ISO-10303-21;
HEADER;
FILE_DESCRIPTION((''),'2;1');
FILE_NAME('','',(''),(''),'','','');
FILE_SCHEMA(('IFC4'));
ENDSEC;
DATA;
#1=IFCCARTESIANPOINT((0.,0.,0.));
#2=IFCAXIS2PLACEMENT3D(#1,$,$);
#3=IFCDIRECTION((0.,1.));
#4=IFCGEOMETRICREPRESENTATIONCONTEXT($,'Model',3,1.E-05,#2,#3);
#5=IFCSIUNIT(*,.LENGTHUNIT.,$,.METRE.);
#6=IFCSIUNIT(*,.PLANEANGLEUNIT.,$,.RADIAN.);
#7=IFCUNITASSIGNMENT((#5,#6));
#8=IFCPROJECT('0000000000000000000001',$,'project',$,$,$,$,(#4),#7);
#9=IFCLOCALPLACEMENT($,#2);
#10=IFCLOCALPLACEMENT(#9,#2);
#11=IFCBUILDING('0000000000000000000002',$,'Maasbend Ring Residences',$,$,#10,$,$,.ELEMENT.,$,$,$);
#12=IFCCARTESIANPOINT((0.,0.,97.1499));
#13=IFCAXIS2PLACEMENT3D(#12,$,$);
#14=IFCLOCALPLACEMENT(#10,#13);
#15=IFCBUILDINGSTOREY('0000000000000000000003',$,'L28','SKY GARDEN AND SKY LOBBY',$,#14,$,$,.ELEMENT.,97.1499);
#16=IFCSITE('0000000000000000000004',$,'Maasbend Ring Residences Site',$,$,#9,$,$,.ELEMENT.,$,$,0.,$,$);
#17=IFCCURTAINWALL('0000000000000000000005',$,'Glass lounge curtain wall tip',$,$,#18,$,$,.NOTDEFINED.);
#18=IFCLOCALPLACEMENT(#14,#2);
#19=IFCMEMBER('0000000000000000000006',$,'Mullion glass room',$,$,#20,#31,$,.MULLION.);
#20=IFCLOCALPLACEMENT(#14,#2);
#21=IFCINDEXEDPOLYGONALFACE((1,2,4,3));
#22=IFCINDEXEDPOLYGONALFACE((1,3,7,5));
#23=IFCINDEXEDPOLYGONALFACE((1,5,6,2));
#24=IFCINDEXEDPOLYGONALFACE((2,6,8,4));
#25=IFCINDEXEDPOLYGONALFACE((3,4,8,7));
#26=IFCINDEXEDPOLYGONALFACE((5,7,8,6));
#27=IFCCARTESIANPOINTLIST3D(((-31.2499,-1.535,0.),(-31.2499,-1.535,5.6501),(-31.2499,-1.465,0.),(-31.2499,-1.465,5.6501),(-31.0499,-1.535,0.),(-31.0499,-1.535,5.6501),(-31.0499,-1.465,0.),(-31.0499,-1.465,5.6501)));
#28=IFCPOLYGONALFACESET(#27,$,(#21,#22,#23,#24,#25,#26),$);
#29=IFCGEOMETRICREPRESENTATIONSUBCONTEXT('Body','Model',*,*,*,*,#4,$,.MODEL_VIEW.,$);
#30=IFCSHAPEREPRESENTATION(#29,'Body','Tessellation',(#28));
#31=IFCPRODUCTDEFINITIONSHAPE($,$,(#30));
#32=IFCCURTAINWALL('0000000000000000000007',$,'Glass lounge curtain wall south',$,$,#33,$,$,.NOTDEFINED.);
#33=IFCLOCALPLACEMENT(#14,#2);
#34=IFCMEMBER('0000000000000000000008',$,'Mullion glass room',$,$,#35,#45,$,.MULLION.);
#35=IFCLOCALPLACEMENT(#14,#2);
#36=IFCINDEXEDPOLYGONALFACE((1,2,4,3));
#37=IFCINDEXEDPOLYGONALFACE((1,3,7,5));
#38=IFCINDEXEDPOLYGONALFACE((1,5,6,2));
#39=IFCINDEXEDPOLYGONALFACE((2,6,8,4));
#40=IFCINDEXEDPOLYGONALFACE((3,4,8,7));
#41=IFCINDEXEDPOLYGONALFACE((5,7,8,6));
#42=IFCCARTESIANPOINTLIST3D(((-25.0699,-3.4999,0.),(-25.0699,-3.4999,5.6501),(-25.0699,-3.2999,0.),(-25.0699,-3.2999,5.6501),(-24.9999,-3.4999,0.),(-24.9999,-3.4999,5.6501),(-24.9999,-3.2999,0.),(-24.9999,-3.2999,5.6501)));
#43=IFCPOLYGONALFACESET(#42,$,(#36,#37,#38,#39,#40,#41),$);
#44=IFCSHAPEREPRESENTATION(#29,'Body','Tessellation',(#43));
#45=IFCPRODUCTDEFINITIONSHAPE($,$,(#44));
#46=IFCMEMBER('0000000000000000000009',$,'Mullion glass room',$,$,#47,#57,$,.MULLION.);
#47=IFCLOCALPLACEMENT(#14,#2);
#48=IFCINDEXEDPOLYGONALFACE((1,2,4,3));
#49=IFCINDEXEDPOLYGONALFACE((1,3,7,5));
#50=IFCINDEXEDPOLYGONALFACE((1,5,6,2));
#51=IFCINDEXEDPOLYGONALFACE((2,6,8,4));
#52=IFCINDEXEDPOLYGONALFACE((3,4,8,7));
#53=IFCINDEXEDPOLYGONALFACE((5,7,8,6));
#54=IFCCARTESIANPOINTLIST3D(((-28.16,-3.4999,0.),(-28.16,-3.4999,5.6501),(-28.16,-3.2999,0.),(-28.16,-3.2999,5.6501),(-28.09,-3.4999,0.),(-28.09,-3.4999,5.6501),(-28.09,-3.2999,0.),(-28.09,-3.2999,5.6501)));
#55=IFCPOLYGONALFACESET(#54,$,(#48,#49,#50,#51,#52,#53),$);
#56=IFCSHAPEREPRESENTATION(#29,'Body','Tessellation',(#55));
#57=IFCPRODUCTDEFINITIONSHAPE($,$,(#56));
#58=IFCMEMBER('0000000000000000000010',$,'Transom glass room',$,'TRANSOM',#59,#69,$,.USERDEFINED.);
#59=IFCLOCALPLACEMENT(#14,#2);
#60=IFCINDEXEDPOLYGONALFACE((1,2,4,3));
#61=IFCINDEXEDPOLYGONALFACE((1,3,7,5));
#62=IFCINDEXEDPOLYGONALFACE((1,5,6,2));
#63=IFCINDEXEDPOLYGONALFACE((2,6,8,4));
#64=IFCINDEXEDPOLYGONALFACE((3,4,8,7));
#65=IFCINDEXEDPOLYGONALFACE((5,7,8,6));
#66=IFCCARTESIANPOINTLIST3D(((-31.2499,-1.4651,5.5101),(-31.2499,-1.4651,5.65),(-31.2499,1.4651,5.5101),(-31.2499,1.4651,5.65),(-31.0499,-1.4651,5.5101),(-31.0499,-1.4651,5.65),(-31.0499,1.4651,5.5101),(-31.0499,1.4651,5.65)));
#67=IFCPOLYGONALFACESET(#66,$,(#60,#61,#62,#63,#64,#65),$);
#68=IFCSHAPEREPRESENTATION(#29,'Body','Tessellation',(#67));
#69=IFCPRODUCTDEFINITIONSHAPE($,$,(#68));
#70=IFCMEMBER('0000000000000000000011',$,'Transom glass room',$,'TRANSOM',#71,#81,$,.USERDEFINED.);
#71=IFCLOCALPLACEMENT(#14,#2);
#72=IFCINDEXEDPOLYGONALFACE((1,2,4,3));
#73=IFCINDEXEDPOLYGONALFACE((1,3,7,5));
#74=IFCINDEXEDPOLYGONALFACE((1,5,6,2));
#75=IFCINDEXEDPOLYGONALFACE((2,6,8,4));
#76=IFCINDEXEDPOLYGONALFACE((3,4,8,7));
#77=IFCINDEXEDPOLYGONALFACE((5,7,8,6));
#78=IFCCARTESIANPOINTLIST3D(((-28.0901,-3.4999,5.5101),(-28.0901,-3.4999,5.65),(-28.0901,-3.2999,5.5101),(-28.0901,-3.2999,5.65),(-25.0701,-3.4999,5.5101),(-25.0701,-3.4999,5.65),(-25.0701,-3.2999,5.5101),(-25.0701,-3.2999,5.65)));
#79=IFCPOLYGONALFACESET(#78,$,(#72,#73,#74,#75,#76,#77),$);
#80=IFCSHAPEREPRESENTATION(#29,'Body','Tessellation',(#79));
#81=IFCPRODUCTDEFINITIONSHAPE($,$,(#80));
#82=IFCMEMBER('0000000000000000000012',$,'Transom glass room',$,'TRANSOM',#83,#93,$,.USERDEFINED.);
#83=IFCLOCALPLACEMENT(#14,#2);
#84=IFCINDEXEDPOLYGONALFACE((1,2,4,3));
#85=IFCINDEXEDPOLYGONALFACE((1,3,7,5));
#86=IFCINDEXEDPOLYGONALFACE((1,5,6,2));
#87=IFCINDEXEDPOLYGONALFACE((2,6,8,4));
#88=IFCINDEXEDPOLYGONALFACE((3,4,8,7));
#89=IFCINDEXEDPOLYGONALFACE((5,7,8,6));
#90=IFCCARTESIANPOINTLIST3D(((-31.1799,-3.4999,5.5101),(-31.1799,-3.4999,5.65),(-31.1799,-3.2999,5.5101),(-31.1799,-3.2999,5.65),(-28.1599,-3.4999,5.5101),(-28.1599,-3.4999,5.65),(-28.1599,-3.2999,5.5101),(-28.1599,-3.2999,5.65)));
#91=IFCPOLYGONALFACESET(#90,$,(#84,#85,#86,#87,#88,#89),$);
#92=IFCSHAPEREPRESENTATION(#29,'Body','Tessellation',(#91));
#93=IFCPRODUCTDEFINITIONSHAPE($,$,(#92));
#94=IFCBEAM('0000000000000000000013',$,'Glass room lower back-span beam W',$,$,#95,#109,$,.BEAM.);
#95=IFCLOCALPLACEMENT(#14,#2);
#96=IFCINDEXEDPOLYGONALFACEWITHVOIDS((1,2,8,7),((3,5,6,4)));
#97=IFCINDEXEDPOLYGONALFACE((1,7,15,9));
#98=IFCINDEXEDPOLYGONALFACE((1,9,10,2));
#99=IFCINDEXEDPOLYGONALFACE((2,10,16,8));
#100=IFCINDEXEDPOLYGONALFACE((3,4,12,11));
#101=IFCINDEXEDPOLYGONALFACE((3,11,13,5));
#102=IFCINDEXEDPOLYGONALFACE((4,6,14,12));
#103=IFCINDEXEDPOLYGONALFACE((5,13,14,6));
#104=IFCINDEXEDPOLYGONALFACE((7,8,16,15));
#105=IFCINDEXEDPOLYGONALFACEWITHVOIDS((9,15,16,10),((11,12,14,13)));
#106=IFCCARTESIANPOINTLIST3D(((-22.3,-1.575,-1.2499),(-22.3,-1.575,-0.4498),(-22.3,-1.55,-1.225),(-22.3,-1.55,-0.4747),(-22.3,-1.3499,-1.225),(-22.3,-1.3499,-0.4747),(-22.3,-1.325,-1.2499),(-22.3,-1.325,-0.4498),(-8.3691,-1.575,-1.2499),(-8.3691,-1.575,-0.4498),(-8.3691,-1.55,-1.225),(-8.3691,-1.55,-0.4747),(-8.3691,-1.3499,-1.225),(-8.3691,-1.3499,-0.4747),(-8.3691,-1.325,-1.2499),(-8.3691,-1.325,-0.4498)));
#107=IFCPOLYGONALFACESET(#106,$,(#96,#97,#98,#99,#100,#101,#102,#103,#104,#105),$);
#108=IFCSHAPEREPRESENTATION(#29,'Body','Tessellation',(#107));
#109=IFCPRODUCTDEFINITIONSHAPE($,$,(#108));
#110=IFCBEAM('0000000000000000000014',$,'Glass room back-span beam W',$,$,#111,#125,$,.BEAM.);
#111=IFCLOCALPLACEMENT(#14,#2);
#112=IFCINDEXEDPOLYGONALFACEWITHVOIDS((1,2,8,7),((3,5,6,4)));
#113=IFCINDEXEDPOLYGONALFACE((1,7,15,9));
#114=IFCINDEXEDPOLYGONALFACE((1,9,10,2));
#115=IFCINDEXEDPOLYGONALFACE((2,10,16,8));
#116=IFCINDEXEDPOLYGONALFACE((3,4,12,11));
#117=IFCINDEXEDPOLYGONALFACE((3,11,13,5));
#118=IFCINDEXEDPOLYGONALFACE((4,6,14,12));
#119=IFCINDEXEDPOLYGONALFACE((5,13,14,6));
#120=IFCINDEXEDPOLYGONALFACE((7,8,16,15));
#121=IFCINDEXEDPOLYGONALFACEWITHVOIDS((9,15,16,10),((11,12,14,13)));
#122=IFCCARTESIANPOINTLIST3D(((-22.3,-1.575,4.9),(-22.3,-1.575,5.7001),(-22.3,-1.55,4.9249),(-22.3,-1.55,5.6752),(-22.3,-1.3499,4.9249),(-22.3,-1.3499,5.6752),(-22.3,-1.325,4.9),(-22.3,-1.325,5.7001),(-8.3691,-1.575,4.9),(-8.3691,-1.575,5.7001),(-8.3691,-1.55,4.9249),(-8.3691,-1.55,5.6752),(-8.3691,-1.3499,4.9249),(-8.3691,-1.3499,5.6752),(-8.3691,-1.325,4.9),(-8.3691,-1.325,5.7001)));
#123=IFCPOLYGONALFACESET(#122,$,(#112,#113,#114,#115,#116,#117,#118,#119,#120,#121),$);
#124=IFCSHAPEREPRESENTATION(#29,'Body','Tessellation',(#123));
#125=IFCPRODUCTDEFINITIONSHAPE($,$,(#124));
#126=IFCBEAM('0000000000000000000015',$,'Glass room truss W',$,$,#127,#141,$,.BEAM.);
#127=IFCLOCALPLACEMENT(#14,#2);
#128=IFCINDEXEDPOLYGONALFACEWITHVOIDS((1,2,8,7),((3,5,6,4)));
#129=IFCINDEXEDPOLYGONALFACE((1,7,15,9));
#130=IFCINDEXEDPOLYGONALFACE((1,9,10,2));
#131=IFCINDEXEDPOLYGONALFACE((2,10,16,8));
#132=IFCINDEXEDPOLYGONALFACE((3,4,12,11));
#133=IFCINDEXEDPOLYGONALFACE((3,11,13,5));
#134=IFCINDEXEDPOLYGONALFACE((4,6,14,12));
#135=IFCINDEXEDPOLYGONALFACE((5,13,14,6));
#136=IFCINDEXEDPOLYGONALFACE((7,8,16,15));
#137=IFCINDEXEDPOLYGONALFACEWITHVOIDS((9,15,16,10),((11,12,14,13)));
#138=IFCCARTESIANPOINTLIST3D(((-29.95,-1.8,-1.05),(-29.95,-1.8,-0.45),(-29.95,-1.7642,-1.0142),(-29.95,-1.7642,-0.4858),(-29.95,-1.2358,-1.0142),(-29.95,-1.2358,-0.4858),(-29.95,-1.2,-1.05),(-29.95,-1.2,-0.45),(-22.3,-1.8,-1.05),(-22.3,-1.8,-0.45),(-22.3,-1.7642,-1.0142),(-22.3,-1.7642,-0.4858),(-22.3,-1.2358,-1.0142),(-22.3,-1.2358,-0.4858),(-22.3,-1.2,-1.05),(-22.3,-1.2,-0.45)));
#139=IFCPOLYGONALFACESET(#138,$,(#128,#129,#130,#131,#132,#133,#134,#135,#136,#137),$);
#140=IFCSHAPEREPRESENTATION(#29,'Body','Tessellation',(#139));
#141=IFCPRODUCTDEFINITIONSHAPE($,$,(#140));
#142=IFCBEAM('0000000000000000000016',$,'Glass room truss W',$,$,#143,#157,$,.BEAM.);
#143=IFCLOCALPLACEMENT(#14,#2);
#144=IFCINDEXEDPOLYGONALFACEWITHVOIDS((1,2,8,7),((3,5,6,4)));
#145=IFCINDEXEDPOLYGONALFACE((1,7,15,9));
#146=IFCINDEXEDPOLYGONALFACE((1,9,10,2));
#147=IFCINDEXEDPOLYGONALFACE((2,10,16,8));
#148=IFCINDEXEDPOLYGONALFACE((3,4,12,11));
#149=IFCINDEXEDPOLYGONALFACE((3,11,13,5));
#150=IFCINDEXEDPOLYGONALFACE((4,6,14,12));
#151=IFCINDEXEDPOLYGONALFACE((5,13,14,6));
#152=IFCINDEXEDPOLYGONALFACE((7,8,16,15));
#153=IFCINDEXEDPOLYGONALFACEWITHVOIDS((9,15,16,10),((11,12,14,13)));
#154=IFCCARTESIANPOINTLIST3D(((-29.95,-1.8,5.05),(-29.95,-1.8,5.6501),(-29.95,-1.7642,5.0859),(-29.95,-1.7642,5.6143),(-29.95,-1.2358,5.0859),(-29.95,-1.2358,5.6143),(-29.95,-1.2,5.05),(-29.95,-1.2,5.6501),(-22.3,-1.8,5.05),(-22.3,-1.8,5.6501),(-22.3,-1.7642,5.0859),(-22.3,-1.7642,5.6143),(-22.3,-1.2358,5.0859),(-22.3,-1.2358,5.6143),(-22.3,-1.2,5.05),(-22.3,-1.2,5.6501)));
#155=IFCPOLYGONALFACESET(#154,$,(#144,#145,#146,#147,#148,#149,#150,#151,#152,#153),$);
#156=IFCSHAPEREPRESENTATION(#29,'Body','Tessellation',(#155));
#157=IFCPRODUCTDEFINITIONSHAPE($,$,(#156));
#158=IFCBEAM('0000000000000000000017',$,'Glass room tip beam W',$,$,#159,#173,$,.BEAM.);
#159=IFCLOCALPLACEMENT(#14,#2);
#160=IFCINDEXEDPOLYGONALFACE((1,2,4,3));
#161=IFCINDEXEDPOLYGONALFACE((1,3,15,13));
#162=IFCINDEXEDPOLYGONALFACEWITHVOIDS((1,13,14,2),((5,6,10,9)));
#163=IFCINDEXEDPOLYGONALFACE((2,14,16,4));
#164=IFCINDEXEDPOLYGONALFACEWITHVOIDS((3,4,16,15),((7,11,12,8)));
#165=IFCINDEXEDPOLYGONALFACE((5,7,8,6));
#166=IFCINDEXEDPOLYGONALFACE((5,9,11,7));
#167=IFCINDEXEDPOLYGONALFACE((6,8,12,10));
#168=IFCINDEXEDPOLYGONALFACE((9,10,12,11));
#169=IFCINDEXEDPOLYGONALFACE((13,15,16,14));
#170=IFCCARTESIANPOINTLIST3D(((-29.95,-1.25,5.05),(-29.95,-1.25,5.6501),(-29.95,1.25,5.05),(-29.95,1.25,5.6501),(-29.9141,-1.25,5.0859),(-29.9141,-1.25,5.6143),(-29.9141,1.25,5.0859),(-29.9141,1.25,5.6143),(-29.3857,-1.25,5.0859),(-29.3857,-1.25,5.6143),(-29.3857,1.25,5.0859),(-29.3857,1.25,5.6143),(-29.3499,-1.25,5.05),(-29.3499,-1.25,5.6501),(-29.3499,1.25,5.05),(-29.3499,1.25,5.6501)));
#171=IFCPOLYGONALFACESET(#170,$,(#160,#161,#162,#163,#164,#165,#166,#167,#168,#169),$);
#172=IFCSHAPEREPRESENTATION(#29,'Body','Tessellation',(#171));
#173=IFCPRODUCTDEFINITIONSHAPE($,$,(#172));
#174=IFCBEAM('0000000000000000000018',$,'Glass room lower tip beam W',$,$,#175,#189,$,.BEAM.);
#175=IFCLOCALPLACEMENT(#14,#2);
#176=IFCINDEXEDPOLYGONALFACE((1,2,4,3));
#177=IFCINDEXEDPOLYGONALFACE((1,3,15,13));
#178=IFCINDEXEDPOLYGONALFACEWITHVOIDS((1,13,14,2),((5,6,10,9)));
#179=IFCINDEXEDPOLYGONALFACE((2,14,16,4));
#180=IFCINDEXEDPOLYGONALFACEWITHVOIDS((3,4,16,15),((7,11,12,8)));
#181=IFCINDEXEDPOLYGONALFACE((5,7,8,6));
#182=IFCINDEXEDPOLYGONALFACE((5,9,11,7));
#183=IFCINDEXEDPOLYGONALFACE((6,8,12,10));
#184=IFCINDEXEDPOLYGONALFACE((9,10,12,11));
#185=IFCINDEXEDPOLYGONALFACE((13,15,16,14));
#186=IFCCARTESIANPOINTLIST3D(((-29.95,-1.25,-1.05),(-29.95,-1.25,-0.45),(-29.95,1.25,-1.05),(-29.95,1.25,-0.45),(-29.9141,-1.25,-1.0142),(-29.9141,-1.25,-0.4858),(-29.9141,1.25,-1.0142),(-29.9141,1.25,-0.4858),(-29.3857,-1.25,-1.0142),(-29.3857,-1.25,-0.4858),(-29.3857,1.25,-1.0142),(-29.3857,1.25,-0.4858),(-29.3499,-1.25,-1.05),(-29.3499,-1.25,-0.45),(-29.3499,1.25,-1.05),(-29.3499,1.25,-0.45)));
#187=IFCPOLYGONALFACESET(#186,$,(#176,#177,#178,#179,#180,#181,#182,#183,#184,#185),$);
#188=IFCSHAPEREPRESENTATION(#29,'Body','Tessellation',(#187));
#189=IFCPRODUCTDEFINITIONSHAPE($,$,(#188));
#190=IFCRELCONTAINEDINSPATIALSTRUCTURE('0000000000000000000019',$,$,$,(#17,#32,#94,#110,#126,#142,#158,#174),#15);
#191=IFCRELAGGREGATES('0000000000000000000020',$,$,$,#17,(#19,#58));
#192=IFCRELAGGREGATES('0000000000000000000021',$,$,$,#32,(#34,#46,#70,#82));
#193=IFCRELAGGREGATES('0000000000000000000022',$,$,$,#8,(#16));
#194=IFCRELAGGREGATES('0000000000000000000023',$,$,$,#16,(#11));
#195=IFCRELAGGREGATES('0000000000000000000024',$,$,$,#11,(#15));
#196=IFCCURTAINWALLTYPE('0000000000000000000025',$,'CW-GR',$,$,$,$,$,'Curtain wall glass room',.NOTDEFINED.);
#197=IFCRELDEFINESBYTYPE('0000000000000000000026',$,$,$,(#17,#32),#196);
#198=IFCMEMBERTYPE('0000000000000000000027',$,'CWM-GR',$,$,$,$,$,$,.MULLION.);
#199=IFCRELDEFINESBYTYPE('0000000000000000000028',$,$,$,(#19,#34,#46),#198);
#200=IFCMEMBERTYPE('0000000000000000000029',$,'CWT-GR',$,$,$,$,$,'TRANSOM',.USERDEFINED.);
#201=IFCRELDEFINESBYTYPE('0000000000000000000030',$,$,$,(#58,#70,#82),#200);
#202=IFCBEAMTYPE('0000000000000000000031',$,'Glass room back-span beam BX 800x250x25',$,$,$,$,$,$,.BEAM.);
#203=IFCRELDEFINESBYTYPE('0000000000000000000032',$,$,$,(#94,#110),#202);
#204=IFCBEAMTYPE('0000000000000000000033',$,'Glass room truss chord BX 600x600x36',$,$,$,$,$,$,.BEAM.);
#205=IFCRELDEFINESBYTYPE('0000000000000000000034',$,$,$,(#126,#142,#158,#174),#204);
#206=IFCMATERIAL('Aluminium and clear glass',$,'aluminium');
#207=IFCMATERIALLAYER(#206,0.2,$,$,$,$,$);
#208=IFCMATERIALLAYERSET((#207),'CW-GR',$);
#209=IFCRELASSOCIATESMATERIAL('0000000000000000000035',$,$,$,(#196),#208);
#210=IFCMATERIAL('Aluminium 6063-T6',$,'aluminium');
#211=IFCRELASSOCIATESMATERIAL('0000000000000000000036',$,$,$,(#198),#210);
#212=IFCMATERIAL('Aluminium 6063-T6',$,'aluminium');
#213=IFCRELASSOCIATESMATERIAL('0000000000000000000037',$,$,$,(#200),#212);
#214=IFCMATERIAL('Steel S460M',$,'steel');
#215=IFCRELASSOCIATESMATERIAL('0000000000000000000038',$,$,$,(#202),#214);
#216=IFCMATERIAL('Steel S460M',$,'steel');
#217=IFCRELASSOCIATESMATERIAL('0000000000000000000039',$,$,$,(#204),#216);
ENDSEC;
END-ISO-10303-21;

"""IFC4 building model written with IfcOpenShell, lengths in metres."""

from ifc_helpers import new_model, si_unit, direction, frame, origin, origin_2d, place, context, subcontext, project, spatial, rectangle, hollow_rectangle, extrude, material, layer, layer_set, material_profile, profile_set, type_object, element, aggregate, save


model = new_model("IFC4")

# Units and contexts
model_context = context("Model", 3, precision=1e-05, world=origin(), true_north=direction((0.0, 1.0)))
body_context = subcontext(model_context, "Body", "Model", "MODEL_VIEW")
ifc_project = project(units=[si_unit("LENGTHUNIT", "METRE"), si_unit("PLANEANGLEUNIT", "RADIAN")], contexts=[model_context])

# Site, building, storey
site_placement = place(None, origin())
site = spatial("IfcSite", under=ifc_project, at=site_placement, Name="Maasbend Ring Residences Site", CompositionType="ELEMENT", RefElevation=0.0)
building_placement = place(site_placement, origin())
building = spatial("IfcBuilding", under=site, at=building_placement, Name="Maasbend Ring Residences", CompositionType="ELEMENT")
storey_placement = place(building_placement, frame((0.0, 0.0, 97.1499)))
storey = spatial("IfcBuildingStorey", under=building, at=storey_placement, Name="L28", Description="SKY GARDEN AND SKY LOBBY", CompositionType="ELEMENT", Elevation=97.1499)

# Curtain wall, member
ifc_material_1 = material(Name="Aluminium and clear glass", Category="aluminium")
ifc_layer_1 = layer(ifc_material_1, 0.2)
ifc_layer_set_1 = layer_set([ifc_layer_1], Name="CW-GR")
curtain_wall_type = type_object("IfcCurtainWallType", Name="CW-GR", ElementType="Curtain wall glass room", PredefinedType="NOTDEFINED", material=ifc_layer_set_1)
curtain_wall_1_placement = place(storey_placement, origin())
curtain_wall_1 = element("IfcCurtainWall", 1, at=curtain_wall_1_placement, inside=storey, type_object=curtain_wall_type, Name="Glass lounge curtain wall tip", PredefinedType="NOTDEFINED")
ifc_material_2 = material(Name="Aluminium 6063-T6", Category="aluminium")
ifc_material_profile_1 = material_profile(ifc_material_2, rectangle(XDim=0.2, YDim=0.0701, at=origin_2d()), Name="AL 200x70")
ifc_profile_set_1 = profile_set([ifc_material_profile_1], Name="Aluminium 6063-T6")
member_type_1 = type_object("IfcMemberType", Name="CWM-GR", PredefinedType="MULLION", material=ifc_profile_set_1)
member_1_placement = place(storey_placement, frame((-31.1499, -1.5, 0.0), z_axis=(0.0, 0.0, 1.0), x_axis=(-1.0, 0.0, 0.0)))
member_1 = element("IfcMember", 2, at=member_1_placement, type_object=member_type_1, Name="Mullion glass room", PredefinedType="MULLION", context=body_context, shape_type="SweptSolid", body=[
    extrude(rectangle(XDim=0.2, YDim=0.0701, at=origin_2d()), origin(), (0.0, 0.0, 1.0), 5.6501),
])

# Curtain wall, members
curtain_wall_2_placement = place(storey_placement, origin())
curtain_wall_2 = element("IfcCurtainWall", 3, at=curtain_wall_2_placement, inside=storey, type_object=curtain_wall_type, Name="Glass lounge curtain wall south", PredefinedType="NOTDEFINED")
member_2_placement = place(storey_placement, frame((-25.0349, -3.3999, 0.0), z_axis=(0.0, 0.0, 1.0), x_axis=(0.0, -1.0, 0.0)))
member_2 = element("IfcMember", 4, at=member_2_placement, type_object=member_type_1, Name="Mullion glass room", PredefinedType="MULLION", context=body_context, shape_type="SweptSolid", body=[
    extrude(rectangle(XDim=0.2, YDim=0.0701, at=origin_2d()), origin(), (0.0, 0.0, 1.0), 5.6501),
])
member_3_placement = place(storey_placement, frame((-28.125, -3.3999, 0.0), z_axis=(0.0, 0.0, 1.0), x_axis=(0.0, -1.0, 0.0)))
member_3 = element("IfcMember", 5, at=member_3_placement, type_object=member_type_1, Name="Mullion glass room", PredefinedType="MULLION", context=body_context, shape_type="SweptSolid", body=[
    extrude(rectangle(XDim=0.2, YDim=0.0701, at=origin_2d()), origin(), (0.0, 0.0, 1.0), 5.6501),
])

# Members
ifc_material_3 = material(Name="Aluminium 6063-T6", Category="aluminium")
ifc_material_profile_2 = material_profile(ifc_material_3, rectangle(XDim=0.2, YDim=0.1399, at=origin_2d()), Name="AL 200x140")
ifc_profile_set_2 = profile_set([ifc_material_profile_2], Name="Aluminium 6063-T6")
member_type_2 = type_object("IfcMemberType", Name="CWT-GR", ElementType="TRANSOM", PredefinedType="USERDEFINED", material=ifc_profile_set_2)
member_4_placement = place(storey_placement, frame((-31.1499, -1.4651, 5.5801), z_axis=(0.0, 1.0, 0.0), x_axis=(-1.0, 0.0, 0.0)))
member_4 = element("IfcMember", 6, at=member_4_placement, type_object=member_type_2, Name="Transom glass room", ObjectType="TRANSOM", PredefinedType="USERDEFINED", context=body_context, shape_type="SweptSolid", body=[
    extrude(rectangle(XDim=0.2, YDim=0.1399, at=origin_2d()), origin(), (0.0, 0.0, 1.0), 2.9302),
])
member_5_placement = place(storey_placement, frame((-25.0701, -3.3999, 5.5801), z_axis=(-1.0, 0.0, 0.0), x_axis=(0.0, -1.0, 0.0)))
member_5 = element("IfcMember", 7, at=member_5_placement, type_object=member_type_2, Name="Transom glass room", ObjectType="TRANSOM", PredefinedType="USERDEFINED", context=body_context, shape_type="SweptSolid", body=[
    extrude(rectangle(XDim=0.2, YDim=0.1399, at=origin_2d()), origin(), (0.0, 0.0, 1.0), 3.02),
])
member_6_placement = place(storey_placement, frame((-28.1599, -3.3999, 5.5801), z_axis=(-1.0, 0.0, 0.0), x_axis=(0.0, -1.0, 0.0)))
member_6 = element("IfcMember", 8, at=member_6_placement, type_object=member_type_2, Name="Transom glass room", ObjectType="TRANSOM", PredefinedType="USERDEFINED", context=body_context, shape_type="SweptSolid", body=[
    extrude(rectangle(XDim=0.2, YDim=0.1399, at=origin_2d()), origin(), (0.0, 0.0, 1.0), 3.02),
])

# Beams
ifc_material_4 = material(Name="Steel S460M", Category="steel")
ifc_material_profile_3 = material_profile(ifc_material_4, hollow_rectangle(XDim=0.25, YDim=0.8, WallThickness=0.0249, at=origin_2d()), Name="Glass room back-span beam BX 800x250x25")
ifc_profile_set_3 = profile_set([ifc_material_profile_3], Name="Steel S460M")
beam_type_1 = type_object("IfcBeamType", Name="Glass room back-span beam BX 800x250x25", PredefinedType="BEAM", material=ifc_profile_set_3)
for number, where, z_axis, x_axis, name in (
    (9, (-22.3, -1.45, -0.8499), (1.0, 0.0, 0.0), (0.0, 1.0, 0.0), "Glass room lower back-span beam W"),
    (10, (-22.3, -1.45, 5.3), (1.0, 0.0, 0.0), (0.0, 1.0, 0.0), "Glass room back-span beam W"),
):
    element("IfcBeam", number, at=place(storey_placement, frame(where, z_axis=z_axis, x_axis=x_axis)), inside=storey, type_object=beam_type_1, Name=name, PredefinedType="BEAM", context=body_context, shape_type="SweptSolid", body=[
        extrude(hollow_rectangle(XDim=0.25, YDim=0.8, WallThickness=0.0249, at=origin_2d()), origin(), (0.0, 0.0, 1.0), 13.9309),
    ])
ifc_material_5 = material(Name="Steel S460M", Category="steel")
ifc_material_profile_4 = material_profile(ifc_material_5, hollow_rectangle(XDim=0.6001, YDim=0.6001, WallThickness=0.0359, at=origin_2d()), Name="Glass room truss chord BX 600x600x36")
ifc_profile_set_4 = profile_set([ifc_material_profile_4], Name="Steel S460M")
beam_type_2 = type_object("IfcBeamType", Name="Glass room truss chord BX 600x600x36", PredefinedType="BEAM", material=ifc_profile_set_4)
for number, where, z_axis, x_axis, name in (
    (11, (-22.3, -1.5, -0.75), (-1.0, 0.0, 0.0), (0.0, -1.0, 0.0), "Glass room truss W"),
    (12, (-22.3, -1.5, 5.3501), (-1.0, 0.0, 0.0), (0.0, -1.0, 0.0), "Glass room truss W"),
):
    element("IfcBeam", number, at=place(storey_placement, frame(where, z_axis=z_axis, x_axis=x_axis)), inside=storey, type_object=beam_type_2, Name=name, PredefinedType="BEAM", context=body_context, shape_type="SweptSolid", body=[
        extrude(hollow_rectangle(XDim=0.6001, YDim=0.6001, WallThickness=0.0359, at=origin_2d()), origin(), (0.0, 0.0, 1.0), 7.6499),
    ])
for number, where, z_axis, x_axis, name in (
    (13, (-29.6499, -1.25, 5.3501), (0.0, 1.0, 0.0), (-1.0, 0.0, 0.0), "Glass room tip beam W"),
    (14, (-29.6499, -1.25, -0.75), (0.0, 1.0, 0.0), (-1.0, 0.0, 0.0), "Glass room lower tip beam W"),
):
    element("IfcBeam", number, at=place(storey_placement, frame(where, z_axis=z_axis, x_axis=x_axis)), inside=storey, type_object=beam_type_2, Name=name, PredefinedType="BEAM", context=body_context, shape_type="SweptSolid", body=[
        extrude(hollow_rectangle(XDim=0.6001, YDim=0.6001, WallThickness=0.0359, at=origin_2d()), origin(), (0.0, 0.0, 1.0), 2.5),
    ])

aggregate(curtain_wall_1, [member_1, member_4])
aggregate(curtain_wall_2, [member_2, member_3, member_5, member_6])

save(model, "model.ifc")
